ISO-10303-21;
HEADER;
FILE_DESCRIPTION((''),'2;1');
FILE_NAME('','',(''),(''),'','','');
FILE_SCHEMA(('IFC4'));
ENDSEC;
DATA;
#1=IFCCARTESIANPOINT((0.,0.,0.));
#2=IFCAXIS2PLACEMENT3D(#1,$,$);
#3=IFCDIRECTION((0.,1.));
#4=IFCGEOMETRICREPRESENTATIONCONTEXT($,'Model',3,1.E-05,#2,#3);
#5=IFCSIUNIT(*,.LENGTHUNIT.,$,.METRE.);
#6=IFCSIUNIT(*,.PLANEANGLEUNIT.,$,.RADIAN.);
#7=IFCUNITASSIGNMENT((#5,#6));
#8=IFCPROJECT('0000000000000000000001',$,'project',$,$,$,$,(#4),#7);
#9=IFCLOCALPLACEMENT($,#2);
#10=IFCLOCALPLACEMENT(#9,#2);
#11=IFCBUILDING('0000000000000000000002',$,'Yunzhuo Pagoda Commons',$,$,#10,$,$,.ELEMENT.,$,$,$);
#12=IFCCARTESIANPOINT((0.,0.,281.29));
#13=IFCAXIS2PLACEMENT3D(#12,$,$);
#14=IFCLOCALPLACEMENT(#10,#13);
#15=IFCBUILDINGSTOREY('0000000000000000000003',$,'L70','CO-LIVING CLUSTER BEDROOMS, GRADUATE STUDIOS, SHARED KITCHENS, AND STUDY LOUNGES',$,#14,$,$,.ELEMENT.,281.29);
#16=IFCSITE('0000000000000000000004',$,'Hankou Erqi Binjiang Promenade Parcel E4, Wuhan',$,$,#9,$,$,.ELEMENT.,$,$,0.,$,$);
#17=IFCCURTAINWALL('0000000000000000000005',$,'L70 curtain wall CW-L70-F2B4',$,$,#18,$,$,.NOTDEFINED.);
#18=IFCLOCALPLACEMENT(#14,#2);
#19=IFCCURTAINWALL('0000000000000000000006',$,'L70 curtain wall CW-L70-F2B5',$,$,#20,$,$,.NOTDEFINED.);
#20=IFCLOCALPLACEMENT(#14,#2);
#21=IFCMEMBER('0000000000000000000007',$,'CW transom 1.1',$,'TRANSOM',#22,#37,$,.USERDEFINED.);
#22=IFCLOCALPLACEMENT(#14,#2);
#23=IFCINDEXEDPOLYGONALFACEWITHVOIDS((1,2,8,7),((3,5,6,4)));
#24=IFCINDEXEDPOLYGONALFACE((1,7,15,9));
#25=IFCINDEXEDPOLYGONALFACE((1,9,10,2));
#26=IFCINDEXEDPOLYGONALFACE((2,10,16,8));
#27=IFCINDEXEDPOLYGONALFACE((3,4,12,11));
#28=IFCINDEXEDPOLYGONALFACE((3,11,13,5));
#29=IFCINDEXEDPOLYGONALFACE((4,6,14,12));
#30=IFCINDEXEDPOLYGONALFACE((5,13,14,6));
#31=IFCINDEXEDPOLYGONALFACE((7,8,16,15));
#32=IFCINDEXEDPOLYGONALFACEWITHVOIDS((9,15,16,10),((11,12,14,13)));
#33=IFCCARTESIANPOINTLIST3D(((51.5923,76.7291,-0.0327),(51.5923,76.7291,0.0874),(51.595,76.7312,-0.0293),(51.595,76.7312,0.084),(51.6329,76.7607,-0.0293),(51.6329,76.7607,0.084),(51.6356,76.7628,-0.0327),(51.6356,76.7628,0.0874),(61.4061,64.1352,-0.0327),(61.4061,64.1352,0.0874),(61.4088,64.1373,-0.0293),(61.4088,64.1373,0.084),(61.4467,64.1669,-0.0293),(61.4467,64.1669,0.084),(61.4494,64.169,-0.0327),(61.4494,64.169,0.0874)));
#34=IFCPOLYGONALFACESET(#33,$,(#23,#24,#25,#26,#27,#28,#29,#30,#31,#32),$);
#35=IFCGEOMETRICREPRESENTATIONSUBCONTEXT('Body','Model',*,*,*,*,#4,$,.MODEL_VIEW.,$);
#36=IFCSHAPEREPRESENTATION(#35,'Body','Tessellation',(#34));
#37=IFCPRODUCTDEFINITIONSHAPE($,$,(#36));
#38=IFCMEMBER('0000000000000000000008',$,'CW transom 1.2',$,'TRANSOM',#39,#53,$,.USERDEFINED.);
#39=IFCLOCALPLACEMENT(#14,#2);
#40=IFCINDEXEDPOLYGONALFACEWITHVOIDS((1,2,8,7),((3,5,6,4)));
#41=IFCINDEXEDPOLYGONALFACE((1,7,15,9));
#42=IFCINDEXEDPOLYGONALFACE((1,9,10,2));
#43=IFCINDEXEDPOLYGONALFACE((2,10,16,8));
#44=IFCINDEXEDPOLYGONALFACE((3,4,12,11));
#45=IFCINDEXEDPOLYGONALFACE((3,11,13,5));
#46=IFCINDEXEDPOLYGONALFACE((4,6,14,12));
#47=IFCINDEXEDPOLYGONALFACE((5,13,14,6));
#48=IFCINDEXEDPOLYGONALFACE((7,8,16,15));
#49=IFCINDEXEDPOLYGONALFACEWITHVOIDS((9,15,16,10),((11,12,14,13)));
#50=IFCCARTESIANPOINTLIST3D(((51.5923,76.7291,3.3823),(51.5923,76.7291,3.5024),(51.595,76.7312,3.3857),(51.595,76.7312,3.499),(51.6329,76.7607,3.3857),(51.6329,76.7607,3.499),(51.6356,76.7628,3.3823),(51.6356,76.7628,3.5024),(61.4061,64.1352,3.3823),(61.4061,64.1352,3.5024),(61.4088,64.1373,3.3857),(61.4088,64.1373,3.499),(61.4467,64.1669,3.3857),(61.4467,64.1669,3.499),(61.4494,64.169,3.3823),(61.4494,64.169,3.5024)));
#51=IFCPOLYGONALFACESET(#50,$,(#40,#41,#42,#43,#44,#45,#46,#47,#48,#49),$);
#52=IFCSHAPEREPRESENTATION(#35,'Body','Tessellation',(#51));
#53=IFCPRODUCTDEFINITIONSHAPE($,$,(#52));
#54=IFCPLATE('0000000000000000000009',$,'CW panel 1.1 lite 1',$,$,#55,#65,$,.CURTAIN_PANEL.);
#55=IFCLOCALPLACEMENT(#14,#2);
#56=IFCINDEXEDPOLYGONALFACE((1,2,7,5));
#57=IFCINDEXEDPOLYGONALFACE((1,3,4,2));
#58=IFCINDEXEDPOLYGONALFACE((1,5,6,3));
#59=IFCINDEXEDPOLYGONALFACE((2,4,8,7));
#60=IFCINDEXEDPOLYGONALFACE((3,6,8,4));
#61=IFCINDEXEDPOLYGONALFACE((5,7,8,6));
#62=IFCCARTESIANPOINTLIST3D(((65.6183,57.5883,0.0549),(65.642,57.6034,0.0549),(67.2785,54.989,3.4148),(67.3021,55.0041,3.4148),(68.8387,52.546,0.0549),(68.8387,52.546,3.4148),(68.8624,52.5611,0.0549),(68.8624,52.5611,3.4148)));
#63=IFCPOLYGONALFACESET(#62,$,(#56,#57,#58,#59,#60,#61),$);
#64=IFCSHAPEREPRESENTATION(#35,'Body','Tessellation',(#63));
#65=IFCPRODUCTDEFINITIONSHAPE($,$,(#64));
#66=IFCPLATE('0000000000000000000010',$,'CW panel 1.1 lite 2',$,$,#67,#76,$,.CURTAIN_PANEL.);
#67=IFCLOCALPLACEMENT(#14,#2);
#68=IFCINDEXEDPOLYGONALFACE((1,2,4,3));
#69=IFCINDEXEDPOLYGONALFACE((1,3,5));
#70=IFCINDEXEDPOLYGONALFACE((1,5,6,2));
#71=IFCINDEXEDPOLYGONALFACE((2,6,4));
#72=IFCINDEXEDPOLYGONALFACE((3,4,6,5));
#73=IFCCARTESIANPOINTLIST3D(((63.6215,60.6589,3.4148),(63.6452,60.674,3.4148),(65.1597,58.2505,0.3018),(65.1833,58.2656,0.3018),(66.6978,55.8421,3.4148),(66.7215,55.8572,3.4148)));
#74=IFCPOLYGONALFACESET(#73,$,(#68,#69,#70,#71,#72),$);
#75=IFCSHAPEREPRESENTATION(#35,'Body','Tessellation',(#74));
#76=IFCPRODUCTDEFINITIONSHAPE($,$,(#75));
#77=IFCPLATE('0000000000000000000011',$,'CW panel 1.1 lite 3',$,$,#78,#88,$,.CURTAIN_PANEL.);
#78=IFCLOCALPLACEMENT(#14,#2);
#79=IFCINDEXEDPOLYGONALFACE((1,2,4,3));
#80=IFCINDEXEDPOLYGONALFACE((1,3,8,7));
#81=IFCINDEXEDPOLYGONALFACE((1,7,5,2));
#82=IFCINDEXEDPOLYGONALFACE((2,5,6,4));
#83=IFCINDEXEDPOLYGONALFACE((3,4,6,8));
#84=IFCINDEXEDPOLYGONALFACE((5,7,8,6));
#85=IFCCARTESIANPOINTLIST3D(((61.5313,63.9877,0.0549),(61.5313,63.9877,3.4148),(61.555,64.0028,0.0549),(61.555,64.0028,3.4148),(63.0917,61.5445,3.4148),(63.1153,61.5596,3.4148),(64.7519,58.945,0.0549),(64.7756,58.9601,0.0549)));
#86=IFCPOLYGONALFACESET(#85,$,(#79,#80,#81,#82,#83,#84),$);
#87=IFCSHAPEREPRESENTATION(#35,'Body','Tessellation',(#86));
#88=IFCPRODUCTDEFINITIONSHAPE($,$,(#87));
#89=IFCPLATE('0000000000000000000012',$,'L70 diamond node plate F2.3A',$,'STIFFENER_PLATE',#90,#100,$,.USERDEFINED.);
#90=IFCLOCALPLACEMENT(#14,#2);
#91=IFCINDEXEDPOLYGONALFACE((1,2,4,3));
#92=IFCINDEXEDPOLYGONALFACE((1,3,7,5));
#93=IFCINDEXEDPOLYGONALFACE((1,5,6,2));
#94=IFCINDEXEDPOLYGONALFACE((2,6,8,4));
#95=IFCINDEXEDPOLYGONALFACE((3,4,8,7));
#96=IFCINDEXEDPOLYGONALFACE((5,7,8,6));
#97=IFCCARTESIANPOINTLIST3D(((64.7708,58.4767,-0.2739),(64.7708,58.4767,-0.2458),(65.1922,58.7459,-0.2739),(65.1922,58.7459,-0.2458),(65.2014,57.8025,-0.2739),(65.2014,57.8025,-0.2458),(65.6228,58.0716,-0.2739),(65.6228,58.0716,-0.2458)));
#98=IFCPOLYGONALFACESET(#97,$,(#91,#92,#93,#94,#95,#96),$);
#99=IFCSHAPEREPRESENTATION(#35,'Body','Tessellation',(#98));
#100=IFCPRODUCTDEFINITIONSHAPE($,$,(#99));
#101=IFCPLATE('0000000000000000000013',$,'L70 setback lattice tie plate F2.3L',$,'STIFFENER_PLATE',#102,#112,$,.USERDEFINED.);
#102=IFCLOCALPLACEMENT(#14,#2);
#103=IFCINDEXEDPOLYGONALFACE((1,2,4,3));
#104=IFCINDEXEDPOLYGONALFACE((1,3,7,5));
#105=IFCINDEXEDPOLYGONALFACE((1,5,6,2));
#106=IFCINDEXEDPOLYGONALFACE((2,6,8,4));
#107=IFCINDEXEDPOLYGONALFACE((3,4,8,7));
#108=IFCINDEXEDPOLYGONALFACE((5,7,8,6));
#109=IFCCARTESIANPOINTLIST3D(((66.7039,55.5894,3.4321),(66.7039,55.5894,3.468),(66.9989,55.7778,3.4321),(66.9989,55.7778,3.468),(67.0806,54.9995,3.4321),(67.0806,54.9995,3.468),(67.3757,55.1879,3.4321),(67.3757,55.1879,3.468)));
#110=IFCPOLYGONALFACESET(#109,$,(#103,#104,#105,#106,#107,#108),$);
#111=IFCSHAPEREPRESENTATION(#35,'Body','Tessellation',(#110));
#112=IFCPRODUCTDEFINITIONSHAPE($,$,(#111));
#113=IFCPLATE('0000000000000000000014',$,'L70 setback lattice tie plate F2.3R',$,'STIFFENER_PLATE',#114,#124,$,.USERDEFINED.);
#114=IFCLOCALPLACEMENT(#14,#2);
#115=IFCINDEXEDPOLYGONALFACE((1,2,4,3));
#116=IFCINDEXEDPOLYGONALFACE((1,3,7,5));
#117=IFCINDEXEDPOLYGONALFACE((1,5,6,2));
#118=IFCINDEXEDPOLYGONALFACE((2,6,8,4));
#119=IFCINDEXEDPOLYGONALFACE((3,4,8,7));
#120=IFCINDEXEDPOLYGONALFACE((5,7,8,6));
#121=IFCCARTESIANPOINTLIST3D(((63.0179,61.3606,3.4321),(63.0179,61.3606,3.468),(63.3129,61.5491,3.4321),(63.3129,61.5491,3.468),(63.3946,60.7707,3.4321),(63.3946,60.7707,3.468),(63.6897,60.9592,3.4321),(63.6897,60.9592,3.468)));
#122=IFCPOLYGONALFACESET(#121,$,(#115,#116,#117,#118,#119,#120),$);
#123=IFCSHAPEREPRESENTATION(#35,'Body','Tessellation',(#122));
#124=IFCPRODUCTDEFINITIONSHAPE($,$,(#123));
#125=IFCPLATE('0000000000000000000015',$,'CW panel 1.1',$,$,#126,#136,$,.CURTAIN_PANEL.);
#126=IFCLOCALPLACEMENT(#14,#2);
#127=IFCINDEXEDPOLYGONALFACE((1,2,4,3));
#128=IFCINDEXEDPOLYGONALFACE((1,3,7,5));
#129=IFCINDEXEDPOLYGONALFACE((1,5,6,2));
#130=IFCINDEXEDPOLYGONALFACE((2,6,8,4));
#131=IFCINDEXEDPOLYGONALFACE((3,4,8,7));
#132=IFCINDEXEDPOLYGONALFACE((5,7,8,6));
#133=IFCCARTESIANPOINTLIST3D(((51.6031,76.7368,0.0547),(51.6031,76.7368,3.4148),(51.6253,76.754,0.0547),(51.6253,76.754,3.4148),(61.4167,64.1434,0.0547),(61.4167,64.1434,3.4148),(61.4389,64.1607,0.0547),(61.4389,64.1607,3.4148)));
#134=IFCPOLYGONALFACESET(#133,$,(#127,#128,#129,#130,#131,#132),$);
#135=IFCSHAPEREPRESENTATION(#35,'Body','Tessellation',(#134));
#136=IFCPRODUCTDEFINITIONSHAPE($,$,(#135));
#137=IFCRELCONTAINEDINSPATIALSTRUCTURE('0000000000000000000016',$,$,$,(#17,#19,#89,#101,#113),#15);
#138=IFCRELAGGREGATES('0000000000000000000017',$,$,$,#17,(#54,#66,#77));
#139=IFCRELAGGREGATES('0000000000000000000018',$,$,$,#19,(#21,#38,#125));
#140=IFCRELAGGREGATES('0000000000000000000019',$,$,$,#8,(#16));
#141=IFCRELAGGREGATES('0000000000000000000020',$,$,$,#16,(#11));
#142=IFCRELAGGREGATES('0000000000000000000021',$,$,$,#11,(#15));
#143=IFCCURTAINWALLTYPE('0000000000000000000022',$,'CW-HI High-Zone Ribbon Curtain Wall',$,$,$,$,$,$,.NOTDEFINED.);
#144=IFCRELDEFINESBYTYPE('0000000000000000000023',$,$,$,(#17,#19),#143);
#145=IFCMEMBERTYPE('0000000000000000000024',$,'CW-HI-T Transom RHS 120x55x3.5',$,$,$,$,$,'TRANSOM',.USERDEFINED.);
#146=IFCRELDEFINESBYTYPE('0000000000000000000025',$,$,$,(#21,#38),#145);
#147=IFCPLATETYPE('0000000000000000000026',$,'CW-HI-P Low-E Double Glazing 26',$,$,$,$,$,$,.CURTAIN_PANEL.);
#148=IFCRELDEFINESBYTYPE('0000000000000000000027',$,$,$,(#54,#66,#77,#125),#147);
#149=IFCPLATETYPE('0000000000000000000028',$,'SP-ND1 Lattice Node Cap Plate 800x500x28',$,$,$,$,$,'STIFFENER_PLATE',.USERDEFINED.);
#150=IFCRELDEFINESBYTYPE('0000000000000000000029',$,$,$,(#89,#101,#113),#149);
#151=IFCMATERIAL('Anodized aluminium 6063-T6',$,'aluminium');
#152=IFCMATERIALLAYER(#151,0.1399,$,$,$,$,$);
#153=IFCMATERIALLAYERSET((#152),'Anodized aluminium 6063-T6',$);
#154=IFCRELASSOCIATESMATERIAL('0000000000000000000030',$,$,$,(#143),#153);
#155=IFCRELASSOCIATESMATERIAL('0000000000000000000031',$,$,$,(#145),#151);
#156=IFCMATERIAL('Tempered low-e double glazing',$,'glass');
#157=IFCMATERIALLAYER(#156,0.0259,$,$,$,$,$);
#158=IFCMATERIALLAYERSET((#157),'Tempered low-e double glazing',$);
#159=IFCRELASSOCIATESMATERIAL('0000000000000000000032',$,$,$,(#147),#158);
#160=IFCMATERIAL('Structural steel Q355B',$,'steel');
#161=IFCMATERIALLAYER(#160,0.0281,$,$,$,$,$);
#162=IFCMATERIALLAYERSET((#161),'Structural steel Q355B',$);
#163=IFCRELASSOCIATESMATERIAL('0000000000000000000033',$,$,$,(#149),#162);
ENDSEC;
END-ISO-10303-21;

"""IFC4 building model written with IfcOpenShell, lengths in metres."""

from ifc_helpers import new_model, si_unit, direction, frame, origin, origin_2d, place, context, subcontext, project, spatial, polyline, rectangle, hollow_rectangle, outline, extrude, source, transform, mapped, material, layer, layer_set, material_profile, profile_set, type_object, element, aggregate, save


model = new_model("IFC4")

# Units and contexts
model_context = context("Model", 3, precision=1e-05, world=origin(), true_north=direction((0.0, 1.0)))
body_context = subcontext(model_context, "Body", "Model", "MODEL_VIEW")
ifc_project = project(units=[si_unit("LENGTHUNIT", "METRE"), si_unit("PLANEANGLEUNIT", "RADIAN")], contexts=[model_context])

# Site, building, storey
site_placement = place(None, origin())
site = spatial("IfcSite", under=ifc_project, at=site_placement, Name="Hankou Erqi Binjiang Promenade Parcel E4, Wuhan", CompositionType="ELEMENT", RefElevation=0.0)
building_placement = place(site_placement, origin())
building = spatial("IfcBuilding", under=site, at=building_placement, Name="Yunzhuo Pagoda Commons", CompositionType="ELEMENT")
storey_placement = place(building_placement, frame((0.0, 0.0, 281.29)))
storey = spatial("IfcBuildingStorey", under=building, at=storey_placement, Name="L70", Description="CO-LIVING CLUSTER BEDROOMS, GRADUATE STUDIOS, SHARED KITCHENS, AND STUDY LOUNGES", CompositionType="ELEMENT", Elevation=281.29)

# Shared definitions
ifc_material_1 = material(Name="Structural steel Q355B", Category="steel")

# Curtain wall
ifc_material_2 = material(Name="Anodized aluminium 6063-T6", Category="aluminium")
ifc_layer_1 = layer(ifc_material_2, 0.1399)
ifc_layer_set_1 = layer_set([ifc_layer_1], Name="Anodized aluminium 6063-T6")
curtain_wall_type = type_object("IfcCurtainWallType", Name="CW-HI High-Zone Ribbon Curtain Wall", PredefinedType="NOTDEFINED", material=ifc_layer_set_1)
curtain_wall_1_placement = place(storey_placement, origin())
curtain_wall_1 = element("IfcCurtainWall", 1, at=curtain_wall_1_placement, inside=storey, type_object=curtain_wall_type, Name="L70 curtain wall CW-L70-F2B4", PredefinedType="NOTDEFINED")

# Curtain wall, members
curtain_wall_2_placement = place(storey_placement, origin())
curtain_wall_2 = element("IfcCurtainWall", 2, at=curtain_wall_2_placement, inside=storey, type_object=curtain_wall_type, Name="L70 curtain wall CW-L70-F2B5", PredefinedType="NOTDEFINED")
ifc_material_profile_1 = material_profile(ifc_material_2, hollow_rectangle(XDim=0.0549, YDim=0.1201, WallThickness=0.0034, at=origin_2d()), Name="Anodized aluminium 6063-T6")
ifc_profile_set_1 = profile_set([ifc_material_profile_1], Name="Anodized aluminium 6063-T6")
member_type_1 = type_object("IfcMemberType", Name="CW-HI-T Transom RHS 120x55x3.5", ElementType="TRANSOM", PredefinedType="USERDEFINED", material=ifc_profile_set_1)
shared_shape_1 = source(origin(), body_context, "Body", "SweptSolid", [
    extrude(hollow_rectangle(XDim=0.0549, YDim=0.1201, WallThickness=0.0034, at=origin_2d()), origin(), (0.0, 0.0, 1.0), 15.9661),
])
member_1_placement = place(storey_placement, frame((61.4277, 64.1521, 0.0273), z_axis=(-0.614666, 0.788788, 0.0), x_axis=(-0.788788, -0.614666, 0.0)))
member_1 = element("IfcMember", 3, at=member_1_placement, type_object=member_type_1, Name="CW transom 1.1", ObjectType="TRANSOM", PredefinedType="USERDEFINED", context=body_context, shape_type="MappedRepresentation", body=[
    mapped(shared_shape_1, transform((0.0, 0.0, 0.0), scale=1.0)),
])
member_2_placement = place(storey_placement, frame((61.4277, 64.1521, 3.4424), z_axis=(-0.614666, 0.788788, 0.0), x_axis=(-0.788788, -0.614666, 0.0)))
member_2 = element("IfcMember", 4, at=member_2_placement, type_object=member_type_1, Name="CW transom 1.2", ObjectType="TRANSOM", PredefinedType="USERDEFINED", context=body_context, shape_type="MappedRepresentation", body=[
    mapped(shared_shape_1, transform((0.0, 0.0, 0.0), scale=1.0)),
])

# Plates
ifc_material_3 = material(Name="Tempered low-e double glazing", Category="glass")
ifc_layer_2 = layer(ifc_material_3, 0.0259)
ifc_layer_set_2 = layer_set([ifc_layer_2], Name="Tempered low-e double glazing")
plate_type_1 = type_object("IfcPlateType", Name="CW-HI-P Low-E Double Glazing 26", PredefinedType="CURTAIN_PANEL", material=ifc_layer_set_2)
plate_1_placement = place(storey_placement, frame((67.2285, 55.0671, 1.7349), z_axis=(0.842779, 0.53826, 0.0), x_axis=(-0.53826, 0.842779, 0.0)))
plate_1 = element("IfcPlate", 5, at=plate_1_placement, type_object=plate_type_1, Name="CW panel 1.1 lite 1", PredefinedType="CURTAIN_PANEL", context=body_context, shape_type="SweptSolid", body=[
    extrude(outline(polyline([(-2.9915, -1.6799), (2.9915, -1.6799), (-0.0928, 1.6799), (-2.9915, 1.6799), (-2.9915, -1.6799)])), origin(), (0.0, 0.0, 1.0), 0.0281),
])
plate_2_placement = place(storey_placement, frame((65.1597, 58.2505, 1.8584), z_axis=(0.842779, 0.53826, 0.0), x_axis=(-0.53826, 0.842779, 0.0)))
plate_2 = element("IfcPlate", 6, at=plate_2_placement, type_object=plate_type_1, Name="CW panel 1.1 lite 2", PredefinedType="CURTAIN_PANEL", context=body_context, shape_type="SweptSolid", body=[
    extrude(outline(polyline([(-2.8577, 1.5564), (0.0, -1.5566), (2.8577, 1.5564), (-2.8577, 1.5564)])), origin(), (0.0, 0.0, 1.0), 0.0281),
])
plate_3_placement = place(storey_placement, frame((63.1416, 61.4663, 1.7349), z_axis=(0.842779, 0.53826, 0.0), x_axis=(-0.53826, 0.842779, 0.0)))
plate_3 = element("IfcPlate", 7, at=plate_3_placement, type_object=plate_type_1, Name="CW panel 1.1 lite 3", PredefinedType="CURTAIN_PANEL", context=body_context, shape_type="SweptSolid", body=[
    extrude(outline(polyline([(-2.9917, -1.6799), (2.9917, -1.6799), (2.9917, 1.6799), (0.0928, 1.6799), (-2.9917, -1.6799)])), origin(), (0.0, 0.0, 1.0), 0.0281),
])
aggregate(curtain_wall_1, [plate_1, plate_2, plate_3])

# Plates
ifc_layer_3 = layer(ifc_material_1, 0.0281)
ifc_layer_set_3 = layer_set([ifc_layer_3], Name="Structural steel Q355B")
plate_type_2 = type_object("IfcPlateType", Name="SP-ND1 Lattice Node Cap Plate 800x500x28", ElementType="STIFFENER_PLATE", PredefinedType="USERDEFINED", material=ifc_layer_set_3)
shared_shape_2 = source(origin(), body_context, "Body", "SweptSolid", [
    extrude(rectangle(XDim=0.8, YDim=0.5, at=origin_2d()), origin(), (0.0, 0.0, 1.0), 0.0281),
])
plate_4_placement = place(storey_placement, frame((65.1968, 58.2742, -0.2739), z_axis=(0.0, 0.0, 1.0), x_axis=(-0.538256, 0.842781, 0.0)))
element("IfcPlate", 8, at=plate_4_placement, inside=storey, type_object=plate_type_2, Name="L70 diamond node plate F2.3A", ObjectType="STIFFENER_PLATE", PredefinedType="USERDEFINED", context=body_context, shape_type="MappedRepresentation", body=[
    mapped(shared_shape_2, transform((0.0, 0.0, 0.0), scale=1.0)),
])
shared_shape_3 = source(origin(), body_context, "Body", "SweptSolid", [
    extrude(rectangle(XDim=0.7, YDim=0.3501, at=origin_2d()), origin(), (0.0, 0.0, 1.0), 0.0359),
])
for number, where, z_axis, x_axis, name in (
    (9, (67.0398, 55.3887, 3.4321), (0.0, 0.0, 1.0), (-0.538256, 0.842781, 0.0), "L70 setback lattice tie plate F2.3L"),
    (10, (63.3538, 61.1599, 3.4321), (0.0, 0.0, 1.0), (-0.538256, 0.842781, 0.0), "L70 setback lattice tie plate F2.3R"),
):
    element("IfcPlate", number, at=place(storey_placement, frame(where, z_axis=z_axis, x_axis=x_axis)), inside=storey, type_object=plate_type_2, Name=name, ObjectType="STIFFENER_PLATE", PredefinedType="USERDEFINED", context=body_context, shape_type="MappedRepresentation", body=[
        mapped(shared_shape_3, transform((0.0, 0.0, 0.0), scale=1.0)),
    ])

# Plate
shared_shape_4 = source(origin(), body_context, "Body", "SweptSolid", [
    extrude(rectangle(XDim=15.9656, YDim=0.0281, at=origin_2d()), origin(), (0.0, 0.0, 1.0), 3.3601),
])
plate_5_placement = place(storey_placement, frame((56.521, 70.4487, 0.0547), z_axis=(0.0, 0.0, 1.0), x_axis=(-0.614672, 0.788783, 0.0)))
plate_5 = element("IfcPlate", 11, at=plate_5_placement, type_object=plate_type_1, Name="CW panel 1.1", PredefinedType="CURTAIN_PANEL", context=body_context, shape_type="MappedRepresentation", body=[
    mapped(shared_shape_4, transform((0.0, 0.0, 0.0), scale=1.0)),
])
aggregate(curtain_wall_2, [member_1, member_2, plate_5])

save(model, "model.ifc")
